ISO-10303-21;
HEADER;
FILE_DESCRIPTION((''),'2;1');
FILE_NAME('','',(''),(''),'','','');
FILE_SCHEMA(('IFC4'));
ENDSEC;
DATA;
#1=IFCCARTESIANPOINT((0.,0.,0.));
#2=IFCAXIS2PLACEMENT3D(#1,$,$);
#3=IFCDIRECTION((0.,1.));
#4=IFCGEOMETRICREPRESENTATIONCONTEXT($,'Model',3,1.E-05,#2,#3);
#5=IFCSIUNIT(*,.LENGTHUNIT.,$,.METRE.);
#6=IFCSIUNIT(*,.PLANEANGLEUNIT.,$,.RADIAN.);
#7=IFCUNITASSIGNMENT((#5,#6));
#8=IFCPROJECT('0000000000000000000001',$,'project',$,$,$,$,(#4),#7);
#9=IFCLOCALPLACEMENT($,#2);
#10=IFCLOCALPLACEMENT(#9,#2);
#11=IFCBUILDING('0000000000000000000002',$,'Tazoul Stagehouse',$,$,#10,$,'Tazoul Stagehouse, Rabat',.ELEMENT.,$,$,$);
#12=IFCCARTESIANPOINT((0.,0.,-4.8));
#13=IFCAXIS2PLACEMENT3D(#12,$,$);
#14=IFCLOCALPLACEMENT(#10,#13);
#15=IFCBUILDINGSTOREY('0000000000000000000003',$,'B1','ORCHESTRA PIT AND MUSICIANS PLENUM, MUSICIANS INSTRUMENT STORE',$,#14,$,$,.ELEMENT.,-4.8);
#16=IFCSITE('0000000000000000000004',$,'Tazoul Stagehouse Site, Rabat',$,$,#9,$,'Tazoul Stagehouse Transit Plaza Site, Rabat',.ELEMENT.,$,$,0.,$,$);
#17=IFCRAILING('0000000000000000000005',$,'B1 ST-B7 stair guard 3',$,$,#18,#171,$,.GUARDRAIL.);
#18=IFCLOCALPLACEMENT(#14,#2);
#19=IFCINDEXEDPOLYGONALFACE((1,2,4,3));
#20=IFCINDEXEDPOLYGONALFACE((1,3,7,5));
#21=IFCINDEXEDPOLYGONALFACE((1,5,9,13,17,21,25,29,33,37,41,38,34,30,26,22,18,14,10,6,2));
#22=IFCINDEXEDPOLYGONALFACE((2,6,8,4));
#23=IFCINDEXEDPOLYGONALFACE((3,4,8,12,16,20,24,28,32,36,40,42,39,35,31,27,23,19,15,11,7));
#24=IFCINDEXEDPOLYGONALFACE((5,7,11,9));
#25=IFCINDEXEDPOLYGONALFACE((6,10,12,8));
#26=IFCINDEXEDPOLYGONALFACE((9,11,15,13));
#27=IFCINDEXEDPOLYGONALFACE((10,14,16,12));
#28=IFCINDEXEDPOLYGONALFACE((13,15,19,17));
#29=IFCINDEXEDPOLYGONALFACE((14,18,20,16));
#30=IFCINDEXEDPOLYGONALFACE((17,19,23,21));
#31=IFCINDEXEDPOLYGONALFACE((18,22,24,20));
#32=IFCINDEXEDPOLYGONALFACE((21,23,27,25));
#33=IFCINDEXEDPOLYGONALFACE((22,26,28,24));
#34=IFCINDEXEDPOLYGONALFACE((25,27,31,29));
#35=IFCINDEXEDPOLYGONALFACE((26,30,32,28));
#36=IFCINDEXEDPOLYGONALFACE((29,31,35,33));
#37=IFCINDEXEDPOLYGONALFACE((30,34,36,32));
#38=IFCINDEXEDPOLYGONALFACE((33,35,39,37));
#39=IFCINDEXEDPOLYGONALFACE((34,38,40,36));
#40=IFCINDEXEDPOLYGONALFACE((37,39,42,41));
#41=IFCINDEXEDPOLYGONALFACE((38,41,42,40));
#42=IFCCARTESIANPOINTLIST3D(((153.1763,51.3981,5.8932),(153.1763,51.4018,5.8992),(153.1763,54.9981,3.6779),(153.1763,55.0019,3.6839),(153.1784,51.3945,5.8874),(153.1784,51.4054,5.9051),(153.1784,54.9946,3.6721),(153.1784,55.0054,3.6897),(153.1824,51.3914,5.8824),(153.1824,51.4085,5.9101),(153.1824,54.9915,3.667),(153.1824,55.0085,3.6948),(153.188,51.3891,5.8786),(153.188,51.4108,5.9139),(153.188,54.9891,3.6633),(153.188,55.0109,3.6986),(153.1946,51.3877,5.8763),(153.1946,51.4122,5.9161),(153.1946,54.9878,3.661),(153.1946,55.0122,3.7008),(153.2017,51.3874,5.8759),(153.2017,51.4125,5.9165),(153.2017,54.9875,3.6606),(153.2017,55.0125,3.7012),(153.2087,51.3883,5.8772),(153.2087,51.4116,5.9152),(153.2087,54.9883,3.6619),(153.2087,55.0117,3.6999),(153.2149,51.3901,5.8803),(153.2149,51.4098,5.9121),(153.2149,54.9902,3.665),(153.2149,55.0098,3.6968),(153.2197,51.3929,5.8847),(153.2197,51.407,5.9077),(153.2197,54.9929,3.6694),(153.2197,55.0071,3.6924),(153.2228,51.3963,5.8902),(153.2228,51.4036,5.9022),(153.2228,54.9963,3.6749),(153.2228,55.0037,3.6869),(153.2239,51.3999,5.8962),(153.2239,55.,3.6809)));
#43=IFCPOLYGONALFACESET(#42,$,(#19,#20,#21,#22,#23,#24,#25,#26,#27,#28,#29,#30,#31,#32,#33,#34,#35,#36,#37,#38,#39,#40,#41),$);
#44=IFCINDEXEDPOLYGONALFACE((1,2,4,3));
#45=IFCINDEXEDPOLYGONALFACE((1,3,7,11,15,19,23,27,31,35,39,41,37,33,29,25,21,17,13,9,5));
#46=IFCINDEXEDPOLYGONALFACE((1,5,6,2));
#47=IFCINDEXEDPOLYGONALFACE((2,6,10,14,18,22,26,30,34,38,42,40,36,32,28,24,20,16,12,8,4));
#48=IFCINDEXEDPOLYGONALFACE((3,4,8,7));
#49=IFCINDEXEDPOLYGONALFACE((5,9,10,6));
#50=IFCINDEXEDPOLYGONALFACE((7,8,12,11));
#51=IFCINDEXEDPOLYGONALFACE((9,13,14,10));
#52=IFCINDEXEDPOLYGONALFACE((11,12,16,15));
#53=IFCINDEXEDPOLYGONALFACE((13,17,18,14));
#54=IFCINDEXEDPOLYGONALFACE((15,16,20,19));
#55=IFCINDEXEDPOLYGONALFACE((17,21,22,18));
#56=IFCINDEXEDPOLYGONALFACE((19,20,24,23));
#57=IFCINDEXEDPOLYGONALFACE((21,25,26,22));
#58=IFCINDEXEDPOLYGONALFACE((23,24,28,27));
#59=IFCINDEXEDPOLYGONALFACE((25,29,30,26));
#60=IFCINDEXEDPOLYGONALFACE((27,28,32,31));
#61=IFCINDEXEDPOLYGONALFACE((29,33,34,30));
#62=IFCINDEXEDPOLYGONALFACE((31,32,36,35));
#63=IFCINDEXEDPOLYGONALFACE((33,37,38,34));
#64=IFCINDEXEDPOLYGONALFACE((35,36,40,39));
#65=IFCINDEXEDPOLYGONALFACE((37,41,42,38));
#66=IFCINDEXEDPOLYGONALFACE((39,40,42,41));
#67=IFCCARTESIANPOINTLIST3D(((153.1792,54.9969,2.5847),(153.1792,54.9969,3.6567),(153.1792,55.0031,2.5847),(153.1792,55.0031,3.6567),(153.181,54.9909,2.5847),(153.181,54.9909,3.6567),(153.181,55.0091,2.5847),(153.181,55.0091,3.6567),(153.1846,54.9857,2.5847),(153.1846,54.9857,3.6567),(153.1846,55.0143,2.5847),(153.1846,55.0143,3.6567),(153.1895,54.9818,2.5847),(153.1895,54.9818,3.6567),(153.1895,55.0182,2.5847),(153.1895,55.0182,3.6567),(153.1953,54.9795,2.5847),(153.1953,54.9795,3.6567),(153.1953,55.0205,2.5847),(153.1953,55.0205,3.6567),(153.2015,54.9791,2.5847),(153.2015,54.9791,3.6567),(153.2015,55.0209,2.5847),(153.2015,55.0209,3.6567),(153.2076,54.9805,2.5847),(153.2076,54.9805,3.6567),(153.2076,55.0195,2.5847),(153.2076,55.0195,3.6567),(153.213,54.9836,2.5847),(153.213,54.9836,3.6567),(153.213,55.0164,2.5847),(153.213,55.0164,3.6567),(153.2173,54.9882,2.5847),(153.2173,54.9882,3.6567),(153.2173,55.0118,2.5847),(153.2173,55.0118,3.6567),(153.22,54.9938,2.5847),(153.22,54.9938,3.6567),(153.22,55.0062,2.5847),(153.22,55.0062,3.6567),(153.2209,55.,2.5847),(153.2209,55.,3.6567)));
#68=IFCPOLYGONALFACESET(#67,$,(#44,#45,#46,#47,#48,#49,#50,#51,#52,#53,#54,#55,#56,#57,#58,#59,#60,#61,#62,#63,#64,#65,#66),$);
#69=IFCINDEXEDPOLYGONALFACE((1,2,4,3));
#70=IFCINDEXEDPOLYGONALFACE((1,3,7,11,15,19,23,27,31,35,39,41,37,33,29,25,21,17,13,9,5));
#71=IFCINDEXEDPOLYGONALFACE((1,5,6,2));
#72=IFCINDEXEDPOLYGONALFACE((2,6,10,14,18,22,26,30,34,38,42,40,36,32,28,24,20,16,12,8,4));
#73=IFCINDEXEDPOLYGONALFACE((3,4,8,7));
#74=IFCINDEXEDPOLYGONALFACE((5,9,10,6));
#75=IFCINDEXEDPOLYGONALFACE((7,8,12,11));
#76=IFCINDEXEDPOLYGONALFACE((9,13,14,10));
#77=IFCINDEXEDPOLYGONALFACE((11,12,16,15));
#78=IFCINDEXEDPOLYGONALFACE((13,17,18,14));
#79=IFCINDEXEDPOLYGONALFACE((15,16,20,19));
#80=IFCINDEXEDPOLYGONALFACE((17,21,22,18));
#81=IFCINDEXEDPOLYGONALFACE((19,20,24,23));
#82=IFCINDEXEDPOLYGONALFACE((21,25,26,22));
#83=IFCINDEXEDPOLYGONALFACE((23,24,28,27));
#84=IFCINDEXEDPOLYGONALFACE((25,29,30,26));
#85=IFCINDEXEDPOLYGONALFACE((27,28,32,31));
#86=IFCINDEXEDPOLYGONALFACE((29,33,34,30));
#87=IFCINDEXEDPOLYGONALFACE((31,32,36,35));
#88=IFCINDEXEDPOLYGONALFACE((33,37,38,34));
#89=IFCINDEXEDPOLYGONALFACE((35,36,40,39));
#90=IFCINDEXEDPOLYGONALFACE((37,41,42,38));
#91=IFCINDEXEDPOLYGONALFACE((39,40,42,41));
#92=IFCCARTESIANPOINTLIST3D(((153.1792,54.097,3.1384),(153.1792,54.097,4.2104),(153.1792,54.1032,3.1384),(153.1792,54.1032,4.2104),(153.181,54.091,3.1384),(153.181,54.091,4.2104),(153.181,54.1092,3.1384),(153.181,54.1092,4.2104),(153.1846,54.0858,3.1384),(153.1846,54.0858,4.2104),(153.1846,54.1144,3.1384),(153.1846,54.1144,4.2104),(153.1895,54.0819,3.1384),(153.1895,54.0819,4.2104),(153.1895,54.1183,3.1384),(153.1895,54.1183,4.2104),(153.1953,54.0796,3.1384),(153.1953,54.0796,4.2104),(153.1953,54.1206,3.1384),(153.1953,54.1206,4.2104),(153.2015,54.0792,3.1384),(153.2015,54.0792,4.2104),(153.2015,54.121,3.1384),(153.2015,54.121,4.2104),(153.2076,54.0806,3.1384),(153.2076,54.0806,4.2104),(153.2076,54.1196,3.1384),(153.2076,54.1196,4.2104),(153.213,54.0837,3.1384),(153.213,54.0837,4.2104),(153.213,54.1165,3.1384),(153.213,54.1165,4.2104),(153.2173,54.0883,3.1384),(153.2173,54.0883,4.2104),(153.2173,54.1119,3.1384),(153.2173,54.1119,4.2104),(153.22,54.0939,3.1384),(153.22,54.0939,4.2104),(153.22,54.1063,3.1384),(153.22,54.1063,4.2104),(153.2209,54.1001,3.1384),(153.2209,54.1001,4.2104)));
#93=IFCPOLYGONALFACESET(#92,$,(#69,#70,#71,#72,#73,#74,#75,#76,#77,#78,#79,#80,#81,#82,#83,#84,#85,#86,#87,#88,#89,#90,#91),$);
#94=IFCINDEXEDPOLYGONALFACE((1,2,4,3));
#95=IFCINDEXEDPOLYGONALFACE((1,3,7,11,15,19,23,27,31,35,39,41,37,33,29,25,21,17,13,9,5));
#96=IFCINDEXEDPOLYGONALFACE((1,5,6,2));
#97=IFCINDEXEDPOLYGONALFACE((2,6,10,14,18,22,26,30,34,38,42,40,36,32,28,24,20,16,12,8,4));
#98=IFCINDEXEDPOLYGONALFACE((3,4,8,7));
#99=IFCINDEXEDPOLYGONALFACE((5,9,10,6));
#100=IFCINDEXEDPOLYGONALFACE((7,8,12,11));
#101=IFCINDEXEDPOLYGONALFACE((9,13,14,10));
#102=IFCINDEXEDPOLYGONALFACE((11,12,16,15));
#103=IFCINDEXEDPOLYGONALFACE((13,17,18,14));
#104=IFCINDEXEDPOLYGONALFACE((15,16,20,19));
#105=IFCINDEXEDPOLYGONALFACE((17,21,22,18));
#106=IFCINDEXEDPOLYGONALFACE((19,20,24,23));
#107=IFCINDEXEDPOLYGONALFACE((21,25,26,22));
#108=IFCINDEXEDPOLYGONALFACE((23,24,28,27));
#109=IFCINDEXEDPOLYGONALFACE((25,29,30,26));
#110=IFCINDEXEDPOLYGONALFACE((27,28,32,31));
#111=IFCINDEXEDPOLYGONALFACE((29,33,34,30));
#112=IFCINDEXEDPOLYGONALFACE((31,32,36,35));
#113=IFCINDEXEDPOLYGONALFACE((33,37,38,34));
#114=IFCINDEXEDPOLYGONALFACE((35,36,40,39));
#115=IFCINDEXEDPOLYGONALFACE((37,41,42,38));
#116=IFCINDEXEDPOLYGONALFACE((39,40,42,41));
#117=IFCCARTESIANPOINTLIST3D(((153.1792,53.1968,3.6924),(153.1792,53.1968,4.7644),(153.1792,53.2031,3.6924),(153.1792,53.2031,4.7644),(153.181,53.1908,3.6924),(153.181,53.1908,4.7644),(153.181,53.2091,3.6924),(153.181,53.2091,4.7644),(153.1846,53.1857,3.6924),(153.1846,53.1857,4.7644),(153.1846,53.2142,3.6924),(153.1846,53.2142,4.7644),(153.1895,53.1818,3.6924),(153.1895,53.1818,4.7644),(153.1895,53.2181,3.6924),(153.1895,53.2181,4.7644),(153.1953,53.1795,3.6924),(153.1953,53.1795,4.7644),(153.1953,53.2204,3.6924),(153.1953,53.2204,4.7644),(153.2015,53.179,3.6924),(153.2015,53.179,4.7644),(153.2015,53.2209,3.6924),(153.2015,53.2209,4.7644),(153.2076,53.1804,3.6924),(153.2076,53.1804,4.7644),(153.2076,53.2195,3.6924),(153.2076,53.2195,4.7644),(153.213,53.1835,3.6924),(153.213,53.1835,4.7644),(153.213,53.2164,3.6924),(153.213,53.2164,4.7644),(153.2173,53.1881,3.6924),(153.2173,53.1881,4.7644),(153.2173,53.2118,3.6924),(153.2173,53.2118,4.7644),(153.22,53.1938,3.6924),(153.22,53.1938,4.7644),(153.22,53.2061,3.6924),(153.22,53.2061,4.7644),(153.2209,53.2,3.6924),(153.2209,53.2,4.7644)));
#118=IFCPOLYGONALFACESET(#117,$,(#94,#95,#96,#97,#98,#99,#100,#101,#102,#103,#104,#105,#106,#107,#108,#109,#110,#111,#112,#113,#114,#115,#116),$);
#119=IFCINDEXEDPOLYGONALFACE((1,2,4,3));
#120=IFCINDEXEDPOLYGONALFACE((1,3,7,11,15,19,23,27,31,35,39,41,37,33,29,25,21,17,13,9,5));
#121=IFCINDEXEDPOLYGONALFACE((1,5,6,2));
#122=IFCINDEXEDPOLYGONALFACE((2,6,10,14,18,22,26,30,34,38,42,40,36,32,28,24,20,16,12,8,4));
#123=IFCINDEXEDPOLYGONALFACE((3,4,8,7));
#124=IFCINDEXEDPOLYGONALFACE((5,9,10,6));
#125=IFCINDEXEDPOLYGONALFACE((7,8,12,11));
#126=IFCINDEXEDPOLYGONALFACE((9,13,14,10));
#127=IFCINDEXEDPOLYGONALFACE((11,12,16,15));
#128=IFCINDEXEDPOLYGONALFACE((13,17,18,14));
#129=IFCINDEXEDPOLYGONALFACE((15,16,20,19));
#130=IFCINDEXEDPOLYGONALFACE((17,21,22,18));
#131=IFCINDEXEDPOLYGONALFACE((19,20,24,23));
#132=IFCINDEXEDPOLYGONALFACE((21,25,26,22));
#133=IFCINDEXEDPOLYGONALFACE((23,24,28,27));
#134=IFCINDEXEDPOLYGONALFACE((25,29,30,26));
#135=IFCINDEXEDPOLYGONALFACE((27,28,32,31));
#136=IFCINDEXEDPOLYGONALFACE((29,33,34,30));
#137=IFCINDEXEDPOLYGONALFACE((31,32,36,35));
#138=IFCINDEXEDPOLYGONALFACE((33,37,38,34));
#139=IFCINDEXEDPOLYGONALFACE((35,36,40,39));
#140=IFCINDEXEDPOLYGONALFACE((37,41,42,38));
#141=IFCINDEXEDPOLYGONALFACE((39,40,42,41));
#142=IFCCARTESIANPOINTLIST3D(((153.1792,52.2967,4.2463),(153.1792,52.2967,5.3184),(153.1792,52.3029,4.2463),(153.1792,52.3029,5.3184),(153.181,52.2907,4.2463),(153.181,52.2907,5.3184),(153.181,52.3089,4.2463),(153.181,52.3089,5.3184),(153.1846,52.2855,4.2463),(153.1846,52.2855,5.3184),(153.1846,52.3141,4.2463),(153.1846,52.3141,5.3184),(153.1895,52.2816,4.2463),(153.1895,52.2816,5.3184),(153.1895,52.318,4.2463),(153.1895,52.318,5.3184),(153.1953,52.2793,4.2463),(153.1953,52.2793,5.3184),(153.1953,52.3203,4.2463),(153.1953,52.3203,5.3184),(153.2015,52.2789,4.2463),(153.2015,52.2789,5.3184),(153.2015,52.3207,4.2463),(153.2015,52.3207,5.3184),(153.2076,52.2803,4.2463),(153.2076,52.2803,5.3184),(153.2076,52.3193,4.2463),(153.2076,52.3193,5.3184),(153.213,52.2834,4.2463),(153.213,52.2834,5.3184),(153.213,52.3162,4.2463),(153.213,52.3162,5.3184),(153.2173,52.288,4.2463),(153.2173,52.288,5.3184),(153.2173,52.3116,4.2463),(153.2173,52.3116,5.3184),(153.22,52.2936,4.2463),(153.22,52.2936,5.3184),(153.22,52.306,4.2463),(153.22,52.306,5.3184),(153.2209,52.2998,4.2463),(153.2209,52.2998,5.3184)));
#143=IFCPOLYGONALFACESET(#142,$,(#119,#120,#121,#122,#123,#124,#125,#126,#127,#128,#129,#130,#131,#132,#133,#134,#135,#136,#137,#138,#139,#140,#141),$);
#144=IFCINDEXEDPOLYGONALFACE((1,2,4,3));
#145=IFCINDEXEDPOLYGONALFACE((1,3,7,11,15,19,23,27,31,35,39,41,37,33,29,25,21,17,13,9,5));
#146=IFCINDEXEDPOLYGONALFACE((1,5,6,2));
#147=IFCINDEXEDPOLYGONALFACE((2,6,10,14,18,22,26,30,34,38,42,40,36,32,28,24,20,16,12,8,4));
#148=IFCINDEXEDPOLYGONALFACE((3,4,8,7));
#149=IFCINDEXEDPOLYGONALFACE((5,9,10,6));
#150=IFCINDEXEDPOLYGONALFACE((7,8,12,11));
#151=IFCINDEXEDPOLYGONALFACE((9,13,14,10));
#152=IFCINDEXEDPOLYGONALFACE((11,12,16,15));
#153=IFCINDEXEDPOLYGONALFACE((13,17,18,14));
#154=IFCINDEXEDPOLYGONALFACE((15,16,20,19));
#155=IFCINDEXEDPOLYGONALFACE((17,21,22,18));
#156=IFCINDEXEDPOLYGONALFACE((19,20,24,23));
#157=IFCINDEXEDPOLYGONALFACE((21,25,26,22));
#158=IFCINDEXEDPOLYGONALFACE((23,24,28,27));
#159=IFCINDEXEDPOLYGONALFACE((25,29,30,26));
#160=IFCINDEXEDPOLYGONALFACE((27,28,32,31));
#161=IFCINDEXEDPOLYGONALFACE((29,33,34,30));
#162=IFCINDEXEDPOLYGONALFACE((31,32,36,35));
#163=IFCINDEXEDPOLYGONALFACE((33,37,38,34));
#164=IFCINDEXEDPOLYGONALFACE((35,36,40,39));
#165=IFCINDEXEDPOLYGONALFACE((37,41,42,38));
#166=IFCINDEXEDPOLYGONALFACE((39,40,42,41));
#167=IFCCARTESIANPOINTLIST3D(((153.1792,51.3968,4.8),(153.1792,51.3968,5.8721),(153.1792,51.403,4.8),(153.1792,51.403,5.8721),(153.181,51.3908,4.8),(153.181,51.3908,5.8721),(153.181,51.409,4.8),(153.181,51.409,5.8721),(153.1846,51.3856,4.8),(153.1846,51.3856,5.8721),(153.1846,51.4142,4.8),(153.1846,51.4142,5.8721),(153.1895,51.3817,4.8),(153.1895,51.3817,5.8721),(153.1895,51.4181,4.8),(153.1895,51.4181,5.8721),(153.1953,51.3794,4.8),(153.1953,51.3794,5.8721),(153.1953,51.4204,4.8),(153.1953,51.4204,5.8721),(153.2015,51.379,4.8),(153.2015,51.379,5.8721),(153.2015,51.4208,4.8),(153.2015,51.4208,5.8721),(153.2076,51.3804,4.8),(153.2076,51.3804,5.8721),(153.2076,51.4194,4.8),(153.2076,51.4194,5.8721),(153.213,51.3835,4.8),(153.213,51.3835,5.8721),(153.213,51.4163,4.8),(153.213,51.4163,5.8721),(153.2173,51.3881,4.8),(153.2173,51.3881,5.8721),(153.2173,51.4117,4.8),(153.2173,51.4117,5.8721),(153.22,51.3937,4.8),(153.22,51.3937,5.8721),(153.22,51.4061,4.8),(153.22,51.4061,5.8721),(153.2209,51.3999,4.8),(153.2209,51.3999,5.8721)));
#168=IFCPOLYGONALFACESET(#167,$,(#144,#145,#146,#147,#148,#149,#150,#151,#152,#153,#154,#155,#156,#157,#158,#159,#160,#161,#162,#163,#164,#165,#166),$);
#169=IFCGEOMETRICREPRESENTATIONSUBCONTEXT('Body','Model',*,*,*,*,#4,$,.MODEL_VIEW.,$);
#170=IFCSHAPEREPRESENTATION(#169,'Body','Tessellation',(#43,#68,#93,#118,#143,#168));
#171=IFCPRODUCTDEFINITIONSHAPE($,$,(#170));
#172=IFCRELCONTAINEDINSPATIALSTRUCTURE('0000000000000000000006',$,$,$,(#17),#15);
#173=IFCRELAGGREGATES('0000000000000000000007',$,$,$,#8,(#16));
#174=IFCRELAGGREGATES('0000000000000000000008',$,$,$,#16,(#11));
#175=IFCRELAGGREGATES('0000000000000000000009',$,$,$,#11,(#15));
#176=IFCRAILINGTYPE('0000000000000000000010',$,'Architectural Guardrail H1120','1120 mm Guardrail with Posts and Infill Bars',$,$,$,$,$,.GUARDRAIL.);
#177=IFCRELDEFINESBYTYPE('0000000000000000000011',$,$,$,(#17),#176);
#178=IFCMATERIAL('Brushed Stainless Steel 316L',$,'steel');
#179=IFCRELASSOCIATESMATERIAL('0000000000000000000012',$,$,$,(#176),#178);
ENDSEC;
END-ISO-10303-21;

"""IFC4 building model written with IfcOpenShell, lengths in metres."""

from ifc_helpers import new_model, si_unit, direction, frame, origin, origin_2d, place, context, subcontext, project, spatial, circle, extrude, material, material_profile, profile_set, type_object, element, save


model = new_model("IFC4")

# Units and contexts
model_context = context("Model", 3, precision=1e-05, world=origin(), true_north=direction((0.0, 1.0)))
body_context = subcontext(model_context, "Body", "Model", "MODEL_VIEW")
ifc_project = project(units=[si_unit("LENGTHUNIT", "METRE"), si_unit("PLANEANGLEUNIT", "RADIAN")], contexts=[model_context])

# Site, building, storey
site_placement = place(None, origin())
site = spatial("IfcSite", under=ifc_project, at=site_placement, Name="Tazoul Stagehouse Site, Rabat", LongName="Tazoul Stagehouse Transit Plaza Site, Rabat", CompositionType="ELEMENT", RefElevation=0.0)
building_placement = place(site_placement, origin())
building = spatial("IfcBuilding", under=site, at=building_placement, Name="Tazoul Stagehouse", LongName="Tazoul Stagehouse, Rabat", CompositionType="ELEMENT")
storey_placement = place(building_placement, frame((0.0, 0.0, -4.8)))
storey = spatial("IfcBuildingStorey", under=building, at=storey_placement, Name="B1", Description="ORCHESTRA PIT AND MUSICIANS PLENUM, MUSICIANS INSTRUMENT STORE", CompositionType="ELEMENT", Elevation=-4.8)

# Railing
ifc_material_1 = material(Name="Brushed Stainless Steel 316L", Category="steel")
ifc_material_profile_1 = material_profile(ifc_material_1, circle(Radius=0.0239, at=origin_2d()), Name="SS RAIL D48")
ifc_profile_set_1 = profile_set([ifc_material_profile_1], Name="Brushed Stainless Steel 316L")
railing_type_1 = type_object("IfcRailingType", Name="Architectural Guardrail H1120", Description="1120 mm Guardrail with Posts and Infill Bars", PredefinedType="GUARDRAIL", material=ifc_profile_set_1)
railing_1_placement = place(storey_placement, frame((153.2, 55.0, 2.5847)))
element("IfcRailing", 1, at=railing_1_placement, inside=storey, type_object=railing_type_1, Name="B1 ST-B7 stair guard 3", PredefinedType="GUARDRAIL", context=body_context, shape_type="SweptSolid", body=[
    extrude(circle(Radius=0.0239, at=origin_2d()), frame((0.0, 0.0, 1.0962), z_axis=(0.0, -0.85167, 0.524078), x_axis=(1.0, 0.0, 0.0)), (0.0, 0.0, 1.0), 4.2271),
    extrude(circle(Radius=0.021, at=origin_2d()), origin(), (0.0, 0.0, 1.0), 1.072),
    extrude(circle(Radius=0.021, at=origin_2d()), frame((0.0, -0.8999, 0.5537)), (0.0, 0.0, 1.0), 1.072),
    extrude(circle(Radius=0.021, at=origin_2d()), frame((0.0, -1.8, 1.1077)), (0.0, 0.0, 1.0), 1.072),
    extrude(circle(Radius=0.021, at=origin_2d()), frame((0.0, -2.7002, 1.6616)), (0.0, 0.0, 1.0), 1.072),
    extrude(circle(Radius=0.021, at=origin_2d()), frame((0.0, -3.6001, 2.2153)), (0.0, 0.0, 1.0), 1.072),
])

save(model, "model.ifc")
